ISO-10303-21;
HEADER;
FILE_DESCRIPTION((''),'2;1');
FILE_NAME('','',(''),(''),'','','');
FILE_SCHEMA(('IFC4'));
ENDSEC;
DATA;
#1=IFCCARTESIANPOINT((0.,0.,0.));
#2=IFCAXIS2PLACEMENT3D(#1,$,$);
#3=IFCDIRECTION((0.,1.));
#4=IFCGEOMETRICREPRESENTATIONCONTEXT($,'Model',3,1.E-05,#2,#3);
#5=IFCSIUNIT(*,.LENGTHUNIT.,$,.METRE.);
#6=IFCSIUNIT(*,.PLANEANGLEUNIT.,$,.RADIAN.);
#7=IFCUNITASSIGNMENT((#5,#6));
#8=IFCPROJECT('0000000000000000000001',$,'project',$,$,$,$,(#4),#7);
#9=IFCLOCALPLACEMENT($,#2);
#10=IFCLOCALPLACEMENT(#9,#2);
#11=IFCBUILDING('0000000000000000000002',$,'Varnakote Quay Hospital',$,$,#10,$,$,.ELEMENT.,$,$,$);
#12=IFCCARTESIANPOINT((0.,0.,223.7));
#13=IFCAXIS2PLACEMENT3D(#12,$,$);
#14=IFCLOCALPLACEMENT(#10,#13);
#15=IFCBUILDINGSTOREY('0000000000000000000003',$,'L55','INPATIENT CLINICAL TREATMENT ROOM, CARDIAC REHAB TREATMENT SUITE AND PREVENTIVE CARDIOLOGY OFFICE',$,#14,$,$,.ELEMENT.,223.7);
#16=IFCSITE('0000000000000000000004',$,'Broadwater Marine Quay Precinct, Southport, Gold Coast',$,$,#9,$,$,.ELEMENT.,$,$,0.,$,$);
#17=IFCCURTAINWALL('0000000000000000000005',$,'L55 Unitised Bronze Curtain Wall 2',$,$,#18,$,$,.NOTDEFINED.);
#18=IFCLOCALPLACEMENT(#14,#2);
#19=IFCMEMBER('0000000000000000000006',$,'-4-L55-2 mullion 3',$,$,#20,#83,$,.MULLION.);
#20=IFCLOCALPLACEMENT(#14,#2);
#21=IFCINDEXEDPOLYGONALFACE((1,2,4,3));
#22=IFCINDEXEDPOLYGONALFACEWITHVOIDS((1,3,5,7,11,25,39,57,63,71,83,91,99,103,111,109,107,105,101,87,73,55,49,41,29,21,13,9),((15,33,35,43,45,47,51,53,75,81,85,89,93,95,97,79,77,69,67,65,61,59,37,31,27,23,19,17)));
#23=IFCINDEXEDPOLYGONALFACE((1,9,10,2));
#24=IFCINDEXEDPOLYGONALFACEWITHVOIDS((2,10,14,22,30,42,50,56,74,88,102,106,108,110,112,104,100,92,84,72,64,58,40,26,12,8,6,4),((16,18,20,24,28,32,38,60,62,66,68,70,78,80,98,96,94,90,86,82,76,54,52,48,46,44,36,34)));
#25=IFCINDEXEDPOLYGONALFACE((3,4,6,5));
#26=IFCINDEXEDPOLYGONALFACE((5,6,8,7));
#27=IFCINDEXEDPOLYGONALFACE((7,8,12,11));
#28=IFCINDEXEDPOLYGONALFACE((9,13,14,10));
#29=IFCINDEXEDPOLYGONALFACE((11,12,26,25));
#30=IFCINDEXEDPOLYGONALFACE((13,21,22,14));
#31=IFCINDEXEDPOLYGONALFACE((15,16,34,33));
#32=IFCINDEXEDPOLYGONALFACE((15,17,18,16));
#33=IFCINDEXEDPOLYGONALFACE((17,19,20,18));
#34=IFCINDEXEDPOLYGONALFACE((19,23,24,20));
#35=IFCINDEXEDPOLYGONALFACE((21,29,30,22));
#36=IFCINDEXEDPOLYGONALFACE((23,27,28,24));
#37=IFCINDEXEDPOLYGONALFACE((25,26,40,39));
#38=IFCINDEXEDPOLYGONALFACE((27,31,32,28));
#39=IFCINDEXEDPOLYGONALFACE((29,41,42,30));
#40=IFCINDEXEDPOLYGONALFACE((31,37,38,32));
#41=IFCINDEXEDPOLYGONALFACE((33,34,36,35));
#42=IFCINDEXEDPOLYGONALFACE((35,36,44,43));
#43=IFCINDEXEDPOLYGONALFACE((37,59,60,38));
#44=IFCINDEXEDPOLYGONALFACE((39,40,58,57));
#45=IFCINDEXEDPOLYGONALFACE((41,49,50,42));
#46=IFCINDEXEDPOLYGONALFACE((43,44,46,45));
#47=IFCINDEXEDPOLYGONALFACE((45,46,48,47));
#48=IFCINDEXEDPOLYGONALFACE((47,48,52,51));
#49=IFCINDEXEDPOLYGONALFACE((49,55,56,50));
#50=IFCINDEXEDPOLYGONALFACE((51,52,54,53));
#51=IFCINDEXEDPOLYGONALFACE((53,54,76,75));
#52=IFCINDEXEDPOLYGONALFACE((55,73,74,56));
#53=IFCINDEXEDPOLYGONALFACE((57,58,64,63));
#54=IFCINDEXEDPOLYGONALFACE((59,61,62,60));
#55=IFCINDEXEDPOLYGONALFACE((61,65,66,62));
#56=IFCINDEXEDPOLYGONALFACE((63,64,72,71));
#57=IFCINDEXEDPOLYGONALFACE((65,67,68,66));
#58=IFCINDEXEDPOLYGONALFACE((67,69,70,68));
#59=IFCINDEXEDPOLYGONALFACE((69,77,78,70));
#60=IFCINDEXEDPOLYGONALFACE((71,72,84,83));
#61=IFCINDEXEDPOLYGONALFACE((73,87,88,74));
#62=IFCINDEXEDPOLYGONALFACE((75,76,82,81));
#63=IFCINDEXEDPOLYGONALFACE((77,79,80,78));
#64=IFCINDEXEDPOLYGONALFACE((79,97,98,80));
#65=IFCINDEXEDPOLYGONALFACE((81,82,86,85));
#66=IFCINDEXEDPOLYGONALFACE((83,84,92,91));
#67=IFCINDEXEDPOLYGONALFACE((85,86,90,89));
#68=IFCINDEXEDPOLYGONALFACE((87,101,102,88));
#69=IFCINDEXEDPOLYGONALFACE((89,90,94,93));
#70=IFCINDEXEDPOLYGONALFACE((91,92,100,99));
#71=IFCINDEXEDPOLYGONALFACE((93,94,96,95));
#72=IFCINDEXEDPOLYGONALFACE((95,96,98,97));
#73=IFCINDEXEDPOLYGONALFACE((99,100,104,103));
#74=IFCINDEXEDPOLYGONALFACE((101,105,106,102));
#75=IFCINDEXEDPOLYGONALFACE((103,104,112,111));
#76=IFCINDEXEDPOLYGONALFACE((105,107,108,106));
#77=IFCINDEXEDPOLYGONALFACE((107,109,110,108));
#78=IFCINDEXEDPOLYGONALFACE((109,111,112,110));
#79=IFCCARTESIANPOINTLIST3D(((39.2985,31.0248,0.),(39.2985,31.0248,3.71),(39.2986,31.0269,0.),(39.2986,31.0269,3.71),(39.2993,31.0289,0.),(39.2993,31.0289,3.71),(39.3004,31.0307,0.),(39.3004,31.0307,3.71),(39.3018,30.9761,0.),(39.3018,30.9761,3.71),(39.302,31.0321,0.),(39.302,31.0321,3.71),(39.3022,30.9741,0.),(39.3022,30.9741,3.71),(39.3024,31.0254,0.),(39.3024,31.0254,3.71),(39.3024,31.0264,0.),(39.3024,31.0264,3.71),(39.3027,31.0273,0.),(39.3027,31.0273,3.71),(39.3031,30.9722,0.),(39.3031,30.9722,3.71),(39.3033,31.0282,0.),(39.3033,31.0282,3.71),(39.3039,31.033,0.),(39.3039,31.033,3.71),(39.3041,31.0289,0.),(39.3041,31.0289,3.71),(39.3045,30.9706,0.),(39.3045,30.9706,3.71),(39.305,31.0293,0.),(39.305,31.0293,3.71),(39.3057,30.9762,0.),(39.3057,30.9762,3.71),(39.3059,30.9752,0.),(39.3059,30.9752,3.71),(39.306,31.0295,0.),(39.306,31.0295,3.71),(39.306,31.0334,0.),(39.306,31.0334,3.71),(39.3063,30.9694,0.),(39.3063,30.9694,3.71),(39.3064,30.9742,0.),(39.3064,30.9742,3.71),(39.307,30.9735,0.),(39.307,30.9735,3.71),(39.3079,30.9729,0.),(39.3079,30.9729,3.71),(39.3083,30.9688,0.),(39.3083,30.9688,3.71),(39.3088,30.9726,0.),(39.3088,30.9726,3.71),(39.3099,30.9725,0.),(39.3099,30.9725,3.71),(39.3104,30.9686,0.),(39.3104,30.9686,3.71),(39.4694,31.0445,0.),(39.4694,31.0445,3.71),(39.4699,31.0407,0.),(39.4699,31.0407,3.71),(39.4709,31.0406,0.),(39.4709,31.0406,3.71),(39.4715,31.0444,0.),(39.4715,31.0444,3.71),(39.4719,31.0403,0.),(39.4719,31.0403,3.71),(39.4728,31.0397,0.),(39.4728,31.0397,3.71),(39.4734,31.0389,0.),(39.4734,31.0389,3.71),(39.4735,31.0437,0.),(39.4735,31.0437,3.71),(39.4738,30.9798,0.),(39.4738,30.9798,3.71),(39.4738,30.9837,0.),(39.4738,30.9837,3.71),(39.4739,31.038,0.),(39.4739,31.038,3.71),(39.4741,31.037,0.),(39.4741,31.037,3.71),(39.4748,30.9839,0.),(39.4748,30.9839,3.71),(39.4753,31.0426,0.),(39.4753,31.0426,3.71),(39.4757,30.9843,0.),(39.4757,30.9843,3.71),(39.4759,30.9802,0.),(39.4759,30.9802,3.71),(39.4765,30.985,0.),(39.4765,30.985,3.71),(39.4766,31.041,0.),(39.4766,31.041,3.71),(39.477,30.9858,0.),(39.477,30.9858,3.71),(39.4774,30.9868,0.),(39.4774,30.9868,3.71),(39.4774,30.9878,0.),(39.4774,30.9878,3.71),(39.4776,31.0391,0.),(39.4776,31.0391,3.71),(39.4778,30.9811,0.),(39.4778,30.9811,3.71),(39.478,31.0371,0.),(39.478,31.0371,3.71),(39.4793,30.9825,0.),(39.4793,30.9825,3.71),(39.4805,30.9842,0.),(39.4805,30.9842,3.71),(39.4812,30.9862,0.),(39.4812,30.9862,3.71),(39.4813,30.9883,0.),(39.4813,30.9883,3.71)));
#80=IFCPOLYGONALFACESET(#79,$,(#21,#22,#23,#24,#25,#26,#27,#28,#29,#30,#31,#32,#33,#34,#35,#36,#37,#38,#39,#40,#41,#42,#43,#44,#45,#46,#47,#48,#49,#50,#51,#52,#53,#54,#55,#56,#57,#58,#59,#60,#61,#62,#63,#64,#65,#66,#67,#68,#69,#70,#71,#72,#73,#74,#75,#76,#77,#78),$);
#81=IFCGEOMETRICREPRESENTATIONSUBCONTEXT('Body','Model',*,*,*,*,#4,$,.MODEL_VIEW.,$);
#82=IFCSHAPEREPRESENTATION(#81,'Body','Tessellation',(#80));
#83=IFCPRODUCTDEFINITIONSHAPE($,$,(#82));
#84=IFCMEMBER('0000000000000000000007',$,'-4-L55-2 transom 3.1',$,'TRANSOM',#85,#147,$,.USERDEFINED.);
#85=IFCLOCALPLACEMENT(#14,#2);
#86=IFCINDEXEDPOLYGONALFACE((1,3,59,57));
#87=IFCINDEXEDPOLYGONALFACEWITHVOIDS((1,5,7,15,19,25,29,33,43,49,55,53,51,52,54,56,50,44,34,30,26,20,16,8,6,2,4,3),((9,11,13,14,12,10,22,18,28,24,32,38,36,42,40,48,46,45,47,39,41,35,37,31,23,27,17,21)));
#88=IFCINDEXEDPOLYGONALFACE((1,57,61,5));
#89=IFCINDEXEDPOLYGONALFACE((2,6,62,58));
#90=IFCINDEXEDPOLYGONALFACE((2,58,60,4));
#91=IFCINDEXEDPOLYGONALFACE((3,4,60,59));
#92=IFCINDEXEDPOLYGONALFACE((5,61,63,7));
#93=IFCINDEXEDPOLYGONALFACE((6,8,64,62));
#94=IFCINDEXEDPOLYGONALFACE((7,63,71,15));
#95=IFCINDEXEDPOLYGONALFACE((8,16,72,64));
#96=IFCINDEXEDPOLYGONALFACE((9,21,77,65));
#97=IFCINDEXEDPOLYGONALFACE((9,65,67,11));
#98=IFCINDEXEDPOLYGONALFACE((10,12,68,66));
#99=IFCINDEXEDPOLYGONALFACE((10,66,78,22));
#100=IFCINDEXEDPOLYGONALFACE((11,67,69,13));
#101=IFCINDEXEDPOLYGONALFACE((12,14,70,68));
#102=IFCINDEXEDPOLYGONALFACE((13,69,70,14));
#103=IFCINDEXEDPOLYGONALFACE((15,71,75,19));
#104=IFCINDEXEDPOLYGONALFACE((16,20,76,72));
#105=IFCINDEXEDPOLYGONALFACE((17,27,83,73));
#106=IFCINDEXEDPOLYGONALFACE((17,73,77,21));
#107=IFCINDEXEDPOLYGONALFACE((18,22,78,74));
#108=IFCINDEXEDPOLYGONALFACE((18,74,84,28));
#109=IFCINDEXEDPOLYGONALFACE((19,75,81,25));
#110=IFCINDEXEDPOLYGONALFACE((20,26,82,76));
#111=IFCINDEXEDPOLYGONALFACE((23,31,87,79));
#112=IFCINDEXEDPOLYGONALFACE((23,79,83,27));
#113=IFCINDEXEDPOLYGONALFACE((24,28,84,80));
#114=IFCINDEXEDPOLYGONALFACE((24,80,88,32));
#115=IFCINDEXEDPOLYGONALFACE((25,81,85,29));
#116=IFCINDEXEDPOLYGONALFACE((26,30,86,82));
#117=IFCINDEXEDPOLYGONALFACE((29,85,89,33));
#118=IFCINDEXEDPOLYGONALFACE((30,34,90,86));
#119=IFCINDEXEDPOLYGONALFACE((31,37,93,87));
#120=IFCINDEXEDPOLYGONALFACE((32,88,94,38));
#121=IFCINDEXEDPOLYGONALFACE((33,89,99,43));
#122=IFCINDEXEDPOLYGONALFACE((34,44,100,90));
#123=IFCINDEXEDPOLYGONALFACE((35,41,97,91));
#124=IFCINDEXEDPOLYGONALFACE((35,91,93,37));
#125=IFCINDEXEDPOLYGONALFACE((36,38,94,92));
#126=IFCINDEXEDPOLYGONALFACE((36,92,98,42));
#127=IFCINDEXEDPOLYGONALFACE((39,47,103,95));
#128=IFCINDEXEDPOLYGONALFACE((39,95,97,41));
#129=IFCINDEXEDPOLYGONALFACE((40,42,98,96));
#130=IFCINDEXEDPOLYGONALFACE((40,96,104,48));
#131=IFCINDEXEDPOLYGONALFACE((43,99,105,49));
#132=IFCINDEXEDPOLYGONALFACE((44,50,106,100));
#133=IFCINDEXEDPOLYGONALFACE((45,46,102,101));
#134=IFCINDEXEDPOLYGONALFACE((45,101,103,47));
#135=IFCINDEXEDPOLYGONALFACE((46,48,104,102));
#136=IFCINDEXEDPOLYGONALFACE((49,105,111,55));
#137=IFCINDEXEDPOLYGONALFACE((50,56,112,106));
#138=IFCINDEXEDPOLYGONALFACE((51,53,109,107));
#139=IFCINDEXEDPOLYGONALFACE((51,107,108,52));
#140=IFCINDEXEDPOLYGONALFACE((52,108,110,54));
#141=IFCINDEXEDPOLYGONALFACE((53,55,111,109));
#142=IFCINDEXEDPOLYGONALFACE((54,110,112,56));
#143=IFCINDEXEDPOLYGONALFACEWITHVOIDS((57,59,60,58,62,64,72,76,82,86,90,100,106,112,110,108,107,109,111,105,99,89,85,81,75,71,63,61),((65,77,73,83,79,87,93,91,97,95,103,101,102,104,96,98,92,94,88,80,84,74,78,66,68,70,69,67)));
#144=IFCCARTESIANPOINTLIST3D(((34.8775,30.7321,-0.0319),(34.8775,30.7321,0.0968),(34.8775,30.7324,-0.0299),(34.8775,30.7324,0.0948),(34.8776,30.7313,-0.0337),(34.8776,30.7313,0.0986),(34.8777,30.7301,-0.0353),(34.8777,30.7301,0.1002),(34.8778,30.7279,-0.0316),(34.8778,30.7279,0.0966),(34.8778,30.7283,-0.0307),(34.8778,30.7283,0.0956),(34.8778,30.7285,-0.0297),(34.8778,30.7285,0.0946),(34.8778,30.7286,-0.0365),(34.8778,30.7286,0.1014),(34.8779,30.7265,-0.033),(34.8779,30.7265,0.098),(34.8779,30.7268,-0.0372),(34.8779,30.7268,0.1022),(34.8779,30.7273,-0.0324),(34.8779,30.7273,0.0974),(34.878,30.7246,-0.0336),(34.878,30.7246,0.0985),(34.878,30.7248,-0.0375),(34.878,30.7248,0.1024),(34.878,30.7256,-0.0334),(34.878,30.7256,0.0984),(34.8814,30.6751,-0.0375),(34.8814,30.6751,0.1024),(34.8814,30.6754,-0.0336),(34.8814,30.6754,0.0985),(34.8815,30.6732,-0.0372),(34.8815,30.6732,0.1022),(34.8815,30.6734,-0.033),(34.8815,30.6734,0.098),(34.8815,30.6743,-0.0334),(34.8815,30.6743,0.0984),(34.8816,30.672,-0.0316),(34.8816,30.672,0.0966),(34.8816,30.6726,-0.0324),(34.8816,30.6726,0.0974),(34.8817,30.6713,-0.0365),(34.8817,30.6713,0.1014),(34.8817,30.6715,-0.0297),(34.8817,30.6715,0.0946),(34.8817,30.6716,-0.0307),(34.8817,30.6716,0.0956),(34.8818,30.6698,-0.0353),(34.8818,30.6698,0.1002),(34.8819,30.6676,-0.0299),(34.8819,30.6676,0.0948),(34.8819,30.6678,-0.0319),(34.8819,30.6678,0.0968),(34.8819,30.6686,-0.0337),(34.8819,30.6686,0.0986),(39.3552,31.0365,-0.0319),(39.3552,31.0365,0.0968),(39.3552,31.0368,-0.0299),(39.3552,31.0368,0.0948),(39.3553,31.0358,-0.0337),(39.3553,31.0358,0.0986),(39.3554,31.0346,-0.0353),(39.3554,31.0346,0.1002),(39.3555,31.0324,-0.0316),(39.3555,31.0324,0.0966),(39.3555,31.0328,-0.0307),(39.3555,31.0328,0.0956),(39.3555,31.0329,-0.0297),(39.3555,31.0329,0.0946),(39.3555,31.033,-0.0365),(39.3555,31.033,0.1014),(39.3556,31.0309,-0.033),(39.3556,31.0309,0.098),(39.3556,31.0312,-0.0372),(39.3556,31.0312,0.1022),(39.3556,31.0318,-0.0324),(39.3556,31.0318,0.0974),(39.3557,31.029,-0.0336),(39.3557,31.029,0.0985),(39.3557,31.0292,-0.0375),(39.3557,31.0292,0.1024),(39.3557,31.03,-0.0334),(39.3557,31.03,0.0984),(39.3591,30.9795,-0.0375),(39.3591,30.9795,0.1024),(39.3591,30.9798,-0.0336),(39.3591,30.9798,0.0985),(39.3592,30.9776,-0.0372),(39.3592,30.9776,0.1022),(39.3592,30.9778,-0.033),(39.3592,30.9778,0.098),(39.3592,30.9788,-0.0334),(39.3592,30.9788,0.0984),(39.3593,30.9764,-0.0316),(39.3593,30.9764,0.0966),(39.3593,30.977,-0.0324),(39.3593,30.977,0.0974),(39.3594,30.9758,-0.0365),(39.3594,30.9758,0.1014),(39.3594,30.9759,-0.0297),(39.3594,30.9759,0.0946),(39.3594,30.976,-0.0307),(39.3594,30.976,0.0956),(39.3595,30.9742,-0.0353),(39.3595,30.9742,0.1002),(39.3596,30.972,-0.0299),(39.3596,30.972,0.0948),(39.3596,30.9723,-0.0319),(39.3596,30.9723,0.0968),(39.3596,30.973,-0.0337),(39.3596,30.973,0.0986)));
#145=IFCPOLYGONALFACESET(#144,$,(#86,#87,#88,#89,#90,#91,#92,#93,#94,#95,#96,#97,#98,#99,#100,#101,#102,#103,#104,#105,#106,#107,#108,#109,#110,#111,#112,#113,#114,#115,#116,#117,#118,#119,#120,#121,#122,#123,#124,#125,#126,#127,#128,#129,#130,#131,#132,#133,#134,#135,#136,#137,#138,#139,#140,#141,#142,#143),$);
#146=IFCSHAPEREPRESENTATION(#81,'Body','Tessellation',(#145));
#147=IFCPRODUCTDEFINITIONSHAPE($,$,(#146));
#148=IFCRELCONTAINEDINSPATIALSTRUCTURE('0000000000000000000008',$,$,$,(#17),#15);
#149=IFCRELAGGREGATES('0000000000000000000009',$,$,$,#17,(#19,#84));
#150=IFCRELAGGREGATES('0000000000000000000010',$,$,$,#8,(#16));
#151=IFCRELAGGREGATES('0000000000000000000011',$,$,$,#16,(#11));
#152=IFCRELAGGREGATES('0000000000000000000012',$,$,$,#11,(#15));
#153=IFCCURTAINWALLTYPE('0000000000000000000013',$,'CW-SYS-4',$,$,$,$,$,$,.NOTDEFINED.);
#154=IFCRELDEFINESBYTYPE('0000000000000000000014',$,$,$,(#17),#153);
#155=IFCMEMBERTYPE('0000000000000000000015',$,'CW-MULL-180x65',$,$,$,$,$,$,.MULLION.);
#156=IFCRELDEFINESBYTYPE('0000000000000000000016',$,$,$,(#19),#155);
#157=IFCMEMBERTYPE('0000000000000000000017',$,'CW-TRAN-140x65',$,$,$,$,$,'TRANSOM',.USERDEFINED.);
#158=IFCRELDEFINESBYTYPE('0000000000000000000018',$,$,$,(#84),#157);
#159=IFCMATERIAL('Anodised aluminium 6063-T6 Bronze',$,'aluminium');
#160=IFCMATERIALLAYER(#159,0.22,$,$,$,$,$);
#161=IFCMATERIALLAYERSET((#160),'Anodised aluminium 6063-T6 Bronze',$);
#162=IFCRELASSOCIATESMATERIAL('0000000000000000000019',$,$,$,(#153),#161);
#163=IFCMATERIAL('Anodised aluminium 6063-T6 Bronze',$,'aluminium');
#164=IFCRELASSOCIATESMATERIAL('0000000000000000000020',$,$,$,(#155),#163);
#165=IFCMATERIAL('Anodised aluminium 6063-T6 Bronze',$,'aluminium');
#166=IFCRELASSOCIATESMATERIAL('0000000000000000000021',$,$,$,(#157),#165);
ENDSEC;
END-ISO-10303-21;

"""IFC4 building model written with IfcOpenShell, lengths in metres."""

from ifc_helpers import new_model, si_unit, direction, frame, origin, origin_2d, place, context, subcontext, project, spatial, hollow_rectangle, extrude, material, layer, layer_set, material_profile, profile_set, type_object, element, aggregate, save


model = new_model("IFC4")

# Units and contexts
model_context = context("Model", 3, precision=1e-05, world=origin(), true_north=direction((0.0, 1.0)))
body_context = subcontext(model_context, "Body", "Model", "MODEL_VIEW")
ifc_project = project(units=[si_unit("LENGTHUNIT", "METRE"), si_unit("PLANEANGLEUNIT", "RADIAN")], contexts=[model_context])

# Site, building, storey
site_placement = place(None, origin())
site = spatial("IfcSite", under=ifc_project, at=site_placement, Name="Broadwater Marine Quay Precinct, Southport, Gold Coast", CompositionType="ELEMENT", RefElevation=0.0)
building_placement = place(site_placement, origin())
building = spatial("IfcBuilding", under=site, at=building_placement, Name="Varnakote Quay Hospital", CompositionType="ELEMENT")
storey_placement = place(building_placement, frame((0.0, 0.0, 223.7)))
storey = spatial("IfcBuildingStorey", under=building, at=storey_placement, Name="L55", Description="INPATIENT CLINICAL TREATMENT ROOM, CARDIAC REHAB TREATMENT SUITE AND PREVENTIVE CARDIOLOGY OFFICE", CompositionType="ELEMENT", Elevation=223.7)

# Curtain wall, members
ifc_material_1 = material(Name="Anodised aluminium 6063-T6 Bronze", Category="aluminium")
ifc_layer_1 = layer(ifc_material_1, 0.22)
ifc_layer_set_1 = layer_set([ifc_layer_1], Name="Anodised aluminium 6063-T6 Bronze")
curtain_wall_type = type_object("IfcCurtainWallType", Name="CW-SYS-4", PredefinedType="NOTDEFINED", material=ifc_layer_set_1)
curtain_wall_placement = place(storey_placement, origin())
curtain_wall = element("IfcCurtainWall", 1, at=curtain_wall_placement, inside=storey, type_object=curtain_wall_type, Name="L55 Unitised Bronze Curtain Wall 2", PredefinedType="NOTDEFINED")
ifc_material_2 = material(Name="Anodised aluminium 6063-T6 Bronze", Category="aluminium")
ifc_material_profile_1 = material_profile(ifc_material_2, hollow_rectangle(XDim=0.0649, YDim=0.1799, WallThickness=0.0039, InnerFilletRadius=0.0039, OuterFilletRadius=0.0081, at=origin_2d()), Name="CW-MULL-180x65")
ifc_profile_set_1 = profile_set([ifc_material_profile_1], Name="Anodised aluminium 6063-T6 Bronze")
member_type_1 = type_object("IfcMemberType", Name="CW-MULL-180x65", PredefinedType="MULLION", material=ifc_profile_set_1)
member_1_placement = place(storey_placement, frame((39.3899, 31.0066, 0.0), z_axis=(0.0, 0.0, 1.0), x_axis=(0.067842, -0.997696, 0.0)))
member_1 = element("IfcMember", 2, at=member_1_placement, type_object=member_type_1, Name="-4-L55-2 mullion 3", PredefinedType="MULLION", context=body_context, shape_type="SweptSolid", body=[
    extrude(hollow_rectangle(XDim=0.0649, YDim=0.1799, WallThickness=0.0039, InnerFilletRadius=0.0039, OuterFilletRadius=0.0081, at=origin_2d()), origin(), (0.0, 0.0, 1.0), 3.71),
])
ifc_material_3 = material(Name="Anodised aluminium 6063-T6 Bronze", Category="aluminium")
ifc_material_profile_2 = material_profile(ifc_material_3, hollow_rectangle(XDim=0.0649, YDim=0.1399, WallThickness=0.0039, InnerFilletRadius=0.0039, OuterFilletRadius=0.0076, at=origin_2d()), Name="CW-TRAN-140x65")
ifc_profile_set_2 = profile_set([ifc_material_profile_2], Name="Anodised aluminium 6063-T6 Bronze")
member_type_2 = type_object("IfcMemberType", Name="CW-TRAN-140x65", ElementType="TRANSOM", PredefinedType="USERDEFINED", material=ifc_profile_set_2)
member_2_placement = place(storey_placement, frame((39.3574, 31.0044, 0.0325), z_axis=(-0.997697, -0.067833, 0.0), x_axis=(0.067833, -0.997697, 0.0)))
member_2 = element("IfcMember", 3, at=member_2_placement, type_object=member_type_2, Name="-4-L55-2 transom 3.1", ObjectType="TRANSOM", PredefinedType="USERDEFINED", context=body_context, shape_type="SweptSolid", body=[
    extrude(hollow_rectangle(XDim=0.0649, YDim=0.1399, WallThickness=0.0039, InnerFilletRadius=0.0039, OuterFilletRadius=0.0076, at=origin_2d()), origin(), (0.0, 0.0, 1.0), 4.488),
])
aggregate(curtain_wall, [member_1, member_2])

save(model, "model.ifc")
